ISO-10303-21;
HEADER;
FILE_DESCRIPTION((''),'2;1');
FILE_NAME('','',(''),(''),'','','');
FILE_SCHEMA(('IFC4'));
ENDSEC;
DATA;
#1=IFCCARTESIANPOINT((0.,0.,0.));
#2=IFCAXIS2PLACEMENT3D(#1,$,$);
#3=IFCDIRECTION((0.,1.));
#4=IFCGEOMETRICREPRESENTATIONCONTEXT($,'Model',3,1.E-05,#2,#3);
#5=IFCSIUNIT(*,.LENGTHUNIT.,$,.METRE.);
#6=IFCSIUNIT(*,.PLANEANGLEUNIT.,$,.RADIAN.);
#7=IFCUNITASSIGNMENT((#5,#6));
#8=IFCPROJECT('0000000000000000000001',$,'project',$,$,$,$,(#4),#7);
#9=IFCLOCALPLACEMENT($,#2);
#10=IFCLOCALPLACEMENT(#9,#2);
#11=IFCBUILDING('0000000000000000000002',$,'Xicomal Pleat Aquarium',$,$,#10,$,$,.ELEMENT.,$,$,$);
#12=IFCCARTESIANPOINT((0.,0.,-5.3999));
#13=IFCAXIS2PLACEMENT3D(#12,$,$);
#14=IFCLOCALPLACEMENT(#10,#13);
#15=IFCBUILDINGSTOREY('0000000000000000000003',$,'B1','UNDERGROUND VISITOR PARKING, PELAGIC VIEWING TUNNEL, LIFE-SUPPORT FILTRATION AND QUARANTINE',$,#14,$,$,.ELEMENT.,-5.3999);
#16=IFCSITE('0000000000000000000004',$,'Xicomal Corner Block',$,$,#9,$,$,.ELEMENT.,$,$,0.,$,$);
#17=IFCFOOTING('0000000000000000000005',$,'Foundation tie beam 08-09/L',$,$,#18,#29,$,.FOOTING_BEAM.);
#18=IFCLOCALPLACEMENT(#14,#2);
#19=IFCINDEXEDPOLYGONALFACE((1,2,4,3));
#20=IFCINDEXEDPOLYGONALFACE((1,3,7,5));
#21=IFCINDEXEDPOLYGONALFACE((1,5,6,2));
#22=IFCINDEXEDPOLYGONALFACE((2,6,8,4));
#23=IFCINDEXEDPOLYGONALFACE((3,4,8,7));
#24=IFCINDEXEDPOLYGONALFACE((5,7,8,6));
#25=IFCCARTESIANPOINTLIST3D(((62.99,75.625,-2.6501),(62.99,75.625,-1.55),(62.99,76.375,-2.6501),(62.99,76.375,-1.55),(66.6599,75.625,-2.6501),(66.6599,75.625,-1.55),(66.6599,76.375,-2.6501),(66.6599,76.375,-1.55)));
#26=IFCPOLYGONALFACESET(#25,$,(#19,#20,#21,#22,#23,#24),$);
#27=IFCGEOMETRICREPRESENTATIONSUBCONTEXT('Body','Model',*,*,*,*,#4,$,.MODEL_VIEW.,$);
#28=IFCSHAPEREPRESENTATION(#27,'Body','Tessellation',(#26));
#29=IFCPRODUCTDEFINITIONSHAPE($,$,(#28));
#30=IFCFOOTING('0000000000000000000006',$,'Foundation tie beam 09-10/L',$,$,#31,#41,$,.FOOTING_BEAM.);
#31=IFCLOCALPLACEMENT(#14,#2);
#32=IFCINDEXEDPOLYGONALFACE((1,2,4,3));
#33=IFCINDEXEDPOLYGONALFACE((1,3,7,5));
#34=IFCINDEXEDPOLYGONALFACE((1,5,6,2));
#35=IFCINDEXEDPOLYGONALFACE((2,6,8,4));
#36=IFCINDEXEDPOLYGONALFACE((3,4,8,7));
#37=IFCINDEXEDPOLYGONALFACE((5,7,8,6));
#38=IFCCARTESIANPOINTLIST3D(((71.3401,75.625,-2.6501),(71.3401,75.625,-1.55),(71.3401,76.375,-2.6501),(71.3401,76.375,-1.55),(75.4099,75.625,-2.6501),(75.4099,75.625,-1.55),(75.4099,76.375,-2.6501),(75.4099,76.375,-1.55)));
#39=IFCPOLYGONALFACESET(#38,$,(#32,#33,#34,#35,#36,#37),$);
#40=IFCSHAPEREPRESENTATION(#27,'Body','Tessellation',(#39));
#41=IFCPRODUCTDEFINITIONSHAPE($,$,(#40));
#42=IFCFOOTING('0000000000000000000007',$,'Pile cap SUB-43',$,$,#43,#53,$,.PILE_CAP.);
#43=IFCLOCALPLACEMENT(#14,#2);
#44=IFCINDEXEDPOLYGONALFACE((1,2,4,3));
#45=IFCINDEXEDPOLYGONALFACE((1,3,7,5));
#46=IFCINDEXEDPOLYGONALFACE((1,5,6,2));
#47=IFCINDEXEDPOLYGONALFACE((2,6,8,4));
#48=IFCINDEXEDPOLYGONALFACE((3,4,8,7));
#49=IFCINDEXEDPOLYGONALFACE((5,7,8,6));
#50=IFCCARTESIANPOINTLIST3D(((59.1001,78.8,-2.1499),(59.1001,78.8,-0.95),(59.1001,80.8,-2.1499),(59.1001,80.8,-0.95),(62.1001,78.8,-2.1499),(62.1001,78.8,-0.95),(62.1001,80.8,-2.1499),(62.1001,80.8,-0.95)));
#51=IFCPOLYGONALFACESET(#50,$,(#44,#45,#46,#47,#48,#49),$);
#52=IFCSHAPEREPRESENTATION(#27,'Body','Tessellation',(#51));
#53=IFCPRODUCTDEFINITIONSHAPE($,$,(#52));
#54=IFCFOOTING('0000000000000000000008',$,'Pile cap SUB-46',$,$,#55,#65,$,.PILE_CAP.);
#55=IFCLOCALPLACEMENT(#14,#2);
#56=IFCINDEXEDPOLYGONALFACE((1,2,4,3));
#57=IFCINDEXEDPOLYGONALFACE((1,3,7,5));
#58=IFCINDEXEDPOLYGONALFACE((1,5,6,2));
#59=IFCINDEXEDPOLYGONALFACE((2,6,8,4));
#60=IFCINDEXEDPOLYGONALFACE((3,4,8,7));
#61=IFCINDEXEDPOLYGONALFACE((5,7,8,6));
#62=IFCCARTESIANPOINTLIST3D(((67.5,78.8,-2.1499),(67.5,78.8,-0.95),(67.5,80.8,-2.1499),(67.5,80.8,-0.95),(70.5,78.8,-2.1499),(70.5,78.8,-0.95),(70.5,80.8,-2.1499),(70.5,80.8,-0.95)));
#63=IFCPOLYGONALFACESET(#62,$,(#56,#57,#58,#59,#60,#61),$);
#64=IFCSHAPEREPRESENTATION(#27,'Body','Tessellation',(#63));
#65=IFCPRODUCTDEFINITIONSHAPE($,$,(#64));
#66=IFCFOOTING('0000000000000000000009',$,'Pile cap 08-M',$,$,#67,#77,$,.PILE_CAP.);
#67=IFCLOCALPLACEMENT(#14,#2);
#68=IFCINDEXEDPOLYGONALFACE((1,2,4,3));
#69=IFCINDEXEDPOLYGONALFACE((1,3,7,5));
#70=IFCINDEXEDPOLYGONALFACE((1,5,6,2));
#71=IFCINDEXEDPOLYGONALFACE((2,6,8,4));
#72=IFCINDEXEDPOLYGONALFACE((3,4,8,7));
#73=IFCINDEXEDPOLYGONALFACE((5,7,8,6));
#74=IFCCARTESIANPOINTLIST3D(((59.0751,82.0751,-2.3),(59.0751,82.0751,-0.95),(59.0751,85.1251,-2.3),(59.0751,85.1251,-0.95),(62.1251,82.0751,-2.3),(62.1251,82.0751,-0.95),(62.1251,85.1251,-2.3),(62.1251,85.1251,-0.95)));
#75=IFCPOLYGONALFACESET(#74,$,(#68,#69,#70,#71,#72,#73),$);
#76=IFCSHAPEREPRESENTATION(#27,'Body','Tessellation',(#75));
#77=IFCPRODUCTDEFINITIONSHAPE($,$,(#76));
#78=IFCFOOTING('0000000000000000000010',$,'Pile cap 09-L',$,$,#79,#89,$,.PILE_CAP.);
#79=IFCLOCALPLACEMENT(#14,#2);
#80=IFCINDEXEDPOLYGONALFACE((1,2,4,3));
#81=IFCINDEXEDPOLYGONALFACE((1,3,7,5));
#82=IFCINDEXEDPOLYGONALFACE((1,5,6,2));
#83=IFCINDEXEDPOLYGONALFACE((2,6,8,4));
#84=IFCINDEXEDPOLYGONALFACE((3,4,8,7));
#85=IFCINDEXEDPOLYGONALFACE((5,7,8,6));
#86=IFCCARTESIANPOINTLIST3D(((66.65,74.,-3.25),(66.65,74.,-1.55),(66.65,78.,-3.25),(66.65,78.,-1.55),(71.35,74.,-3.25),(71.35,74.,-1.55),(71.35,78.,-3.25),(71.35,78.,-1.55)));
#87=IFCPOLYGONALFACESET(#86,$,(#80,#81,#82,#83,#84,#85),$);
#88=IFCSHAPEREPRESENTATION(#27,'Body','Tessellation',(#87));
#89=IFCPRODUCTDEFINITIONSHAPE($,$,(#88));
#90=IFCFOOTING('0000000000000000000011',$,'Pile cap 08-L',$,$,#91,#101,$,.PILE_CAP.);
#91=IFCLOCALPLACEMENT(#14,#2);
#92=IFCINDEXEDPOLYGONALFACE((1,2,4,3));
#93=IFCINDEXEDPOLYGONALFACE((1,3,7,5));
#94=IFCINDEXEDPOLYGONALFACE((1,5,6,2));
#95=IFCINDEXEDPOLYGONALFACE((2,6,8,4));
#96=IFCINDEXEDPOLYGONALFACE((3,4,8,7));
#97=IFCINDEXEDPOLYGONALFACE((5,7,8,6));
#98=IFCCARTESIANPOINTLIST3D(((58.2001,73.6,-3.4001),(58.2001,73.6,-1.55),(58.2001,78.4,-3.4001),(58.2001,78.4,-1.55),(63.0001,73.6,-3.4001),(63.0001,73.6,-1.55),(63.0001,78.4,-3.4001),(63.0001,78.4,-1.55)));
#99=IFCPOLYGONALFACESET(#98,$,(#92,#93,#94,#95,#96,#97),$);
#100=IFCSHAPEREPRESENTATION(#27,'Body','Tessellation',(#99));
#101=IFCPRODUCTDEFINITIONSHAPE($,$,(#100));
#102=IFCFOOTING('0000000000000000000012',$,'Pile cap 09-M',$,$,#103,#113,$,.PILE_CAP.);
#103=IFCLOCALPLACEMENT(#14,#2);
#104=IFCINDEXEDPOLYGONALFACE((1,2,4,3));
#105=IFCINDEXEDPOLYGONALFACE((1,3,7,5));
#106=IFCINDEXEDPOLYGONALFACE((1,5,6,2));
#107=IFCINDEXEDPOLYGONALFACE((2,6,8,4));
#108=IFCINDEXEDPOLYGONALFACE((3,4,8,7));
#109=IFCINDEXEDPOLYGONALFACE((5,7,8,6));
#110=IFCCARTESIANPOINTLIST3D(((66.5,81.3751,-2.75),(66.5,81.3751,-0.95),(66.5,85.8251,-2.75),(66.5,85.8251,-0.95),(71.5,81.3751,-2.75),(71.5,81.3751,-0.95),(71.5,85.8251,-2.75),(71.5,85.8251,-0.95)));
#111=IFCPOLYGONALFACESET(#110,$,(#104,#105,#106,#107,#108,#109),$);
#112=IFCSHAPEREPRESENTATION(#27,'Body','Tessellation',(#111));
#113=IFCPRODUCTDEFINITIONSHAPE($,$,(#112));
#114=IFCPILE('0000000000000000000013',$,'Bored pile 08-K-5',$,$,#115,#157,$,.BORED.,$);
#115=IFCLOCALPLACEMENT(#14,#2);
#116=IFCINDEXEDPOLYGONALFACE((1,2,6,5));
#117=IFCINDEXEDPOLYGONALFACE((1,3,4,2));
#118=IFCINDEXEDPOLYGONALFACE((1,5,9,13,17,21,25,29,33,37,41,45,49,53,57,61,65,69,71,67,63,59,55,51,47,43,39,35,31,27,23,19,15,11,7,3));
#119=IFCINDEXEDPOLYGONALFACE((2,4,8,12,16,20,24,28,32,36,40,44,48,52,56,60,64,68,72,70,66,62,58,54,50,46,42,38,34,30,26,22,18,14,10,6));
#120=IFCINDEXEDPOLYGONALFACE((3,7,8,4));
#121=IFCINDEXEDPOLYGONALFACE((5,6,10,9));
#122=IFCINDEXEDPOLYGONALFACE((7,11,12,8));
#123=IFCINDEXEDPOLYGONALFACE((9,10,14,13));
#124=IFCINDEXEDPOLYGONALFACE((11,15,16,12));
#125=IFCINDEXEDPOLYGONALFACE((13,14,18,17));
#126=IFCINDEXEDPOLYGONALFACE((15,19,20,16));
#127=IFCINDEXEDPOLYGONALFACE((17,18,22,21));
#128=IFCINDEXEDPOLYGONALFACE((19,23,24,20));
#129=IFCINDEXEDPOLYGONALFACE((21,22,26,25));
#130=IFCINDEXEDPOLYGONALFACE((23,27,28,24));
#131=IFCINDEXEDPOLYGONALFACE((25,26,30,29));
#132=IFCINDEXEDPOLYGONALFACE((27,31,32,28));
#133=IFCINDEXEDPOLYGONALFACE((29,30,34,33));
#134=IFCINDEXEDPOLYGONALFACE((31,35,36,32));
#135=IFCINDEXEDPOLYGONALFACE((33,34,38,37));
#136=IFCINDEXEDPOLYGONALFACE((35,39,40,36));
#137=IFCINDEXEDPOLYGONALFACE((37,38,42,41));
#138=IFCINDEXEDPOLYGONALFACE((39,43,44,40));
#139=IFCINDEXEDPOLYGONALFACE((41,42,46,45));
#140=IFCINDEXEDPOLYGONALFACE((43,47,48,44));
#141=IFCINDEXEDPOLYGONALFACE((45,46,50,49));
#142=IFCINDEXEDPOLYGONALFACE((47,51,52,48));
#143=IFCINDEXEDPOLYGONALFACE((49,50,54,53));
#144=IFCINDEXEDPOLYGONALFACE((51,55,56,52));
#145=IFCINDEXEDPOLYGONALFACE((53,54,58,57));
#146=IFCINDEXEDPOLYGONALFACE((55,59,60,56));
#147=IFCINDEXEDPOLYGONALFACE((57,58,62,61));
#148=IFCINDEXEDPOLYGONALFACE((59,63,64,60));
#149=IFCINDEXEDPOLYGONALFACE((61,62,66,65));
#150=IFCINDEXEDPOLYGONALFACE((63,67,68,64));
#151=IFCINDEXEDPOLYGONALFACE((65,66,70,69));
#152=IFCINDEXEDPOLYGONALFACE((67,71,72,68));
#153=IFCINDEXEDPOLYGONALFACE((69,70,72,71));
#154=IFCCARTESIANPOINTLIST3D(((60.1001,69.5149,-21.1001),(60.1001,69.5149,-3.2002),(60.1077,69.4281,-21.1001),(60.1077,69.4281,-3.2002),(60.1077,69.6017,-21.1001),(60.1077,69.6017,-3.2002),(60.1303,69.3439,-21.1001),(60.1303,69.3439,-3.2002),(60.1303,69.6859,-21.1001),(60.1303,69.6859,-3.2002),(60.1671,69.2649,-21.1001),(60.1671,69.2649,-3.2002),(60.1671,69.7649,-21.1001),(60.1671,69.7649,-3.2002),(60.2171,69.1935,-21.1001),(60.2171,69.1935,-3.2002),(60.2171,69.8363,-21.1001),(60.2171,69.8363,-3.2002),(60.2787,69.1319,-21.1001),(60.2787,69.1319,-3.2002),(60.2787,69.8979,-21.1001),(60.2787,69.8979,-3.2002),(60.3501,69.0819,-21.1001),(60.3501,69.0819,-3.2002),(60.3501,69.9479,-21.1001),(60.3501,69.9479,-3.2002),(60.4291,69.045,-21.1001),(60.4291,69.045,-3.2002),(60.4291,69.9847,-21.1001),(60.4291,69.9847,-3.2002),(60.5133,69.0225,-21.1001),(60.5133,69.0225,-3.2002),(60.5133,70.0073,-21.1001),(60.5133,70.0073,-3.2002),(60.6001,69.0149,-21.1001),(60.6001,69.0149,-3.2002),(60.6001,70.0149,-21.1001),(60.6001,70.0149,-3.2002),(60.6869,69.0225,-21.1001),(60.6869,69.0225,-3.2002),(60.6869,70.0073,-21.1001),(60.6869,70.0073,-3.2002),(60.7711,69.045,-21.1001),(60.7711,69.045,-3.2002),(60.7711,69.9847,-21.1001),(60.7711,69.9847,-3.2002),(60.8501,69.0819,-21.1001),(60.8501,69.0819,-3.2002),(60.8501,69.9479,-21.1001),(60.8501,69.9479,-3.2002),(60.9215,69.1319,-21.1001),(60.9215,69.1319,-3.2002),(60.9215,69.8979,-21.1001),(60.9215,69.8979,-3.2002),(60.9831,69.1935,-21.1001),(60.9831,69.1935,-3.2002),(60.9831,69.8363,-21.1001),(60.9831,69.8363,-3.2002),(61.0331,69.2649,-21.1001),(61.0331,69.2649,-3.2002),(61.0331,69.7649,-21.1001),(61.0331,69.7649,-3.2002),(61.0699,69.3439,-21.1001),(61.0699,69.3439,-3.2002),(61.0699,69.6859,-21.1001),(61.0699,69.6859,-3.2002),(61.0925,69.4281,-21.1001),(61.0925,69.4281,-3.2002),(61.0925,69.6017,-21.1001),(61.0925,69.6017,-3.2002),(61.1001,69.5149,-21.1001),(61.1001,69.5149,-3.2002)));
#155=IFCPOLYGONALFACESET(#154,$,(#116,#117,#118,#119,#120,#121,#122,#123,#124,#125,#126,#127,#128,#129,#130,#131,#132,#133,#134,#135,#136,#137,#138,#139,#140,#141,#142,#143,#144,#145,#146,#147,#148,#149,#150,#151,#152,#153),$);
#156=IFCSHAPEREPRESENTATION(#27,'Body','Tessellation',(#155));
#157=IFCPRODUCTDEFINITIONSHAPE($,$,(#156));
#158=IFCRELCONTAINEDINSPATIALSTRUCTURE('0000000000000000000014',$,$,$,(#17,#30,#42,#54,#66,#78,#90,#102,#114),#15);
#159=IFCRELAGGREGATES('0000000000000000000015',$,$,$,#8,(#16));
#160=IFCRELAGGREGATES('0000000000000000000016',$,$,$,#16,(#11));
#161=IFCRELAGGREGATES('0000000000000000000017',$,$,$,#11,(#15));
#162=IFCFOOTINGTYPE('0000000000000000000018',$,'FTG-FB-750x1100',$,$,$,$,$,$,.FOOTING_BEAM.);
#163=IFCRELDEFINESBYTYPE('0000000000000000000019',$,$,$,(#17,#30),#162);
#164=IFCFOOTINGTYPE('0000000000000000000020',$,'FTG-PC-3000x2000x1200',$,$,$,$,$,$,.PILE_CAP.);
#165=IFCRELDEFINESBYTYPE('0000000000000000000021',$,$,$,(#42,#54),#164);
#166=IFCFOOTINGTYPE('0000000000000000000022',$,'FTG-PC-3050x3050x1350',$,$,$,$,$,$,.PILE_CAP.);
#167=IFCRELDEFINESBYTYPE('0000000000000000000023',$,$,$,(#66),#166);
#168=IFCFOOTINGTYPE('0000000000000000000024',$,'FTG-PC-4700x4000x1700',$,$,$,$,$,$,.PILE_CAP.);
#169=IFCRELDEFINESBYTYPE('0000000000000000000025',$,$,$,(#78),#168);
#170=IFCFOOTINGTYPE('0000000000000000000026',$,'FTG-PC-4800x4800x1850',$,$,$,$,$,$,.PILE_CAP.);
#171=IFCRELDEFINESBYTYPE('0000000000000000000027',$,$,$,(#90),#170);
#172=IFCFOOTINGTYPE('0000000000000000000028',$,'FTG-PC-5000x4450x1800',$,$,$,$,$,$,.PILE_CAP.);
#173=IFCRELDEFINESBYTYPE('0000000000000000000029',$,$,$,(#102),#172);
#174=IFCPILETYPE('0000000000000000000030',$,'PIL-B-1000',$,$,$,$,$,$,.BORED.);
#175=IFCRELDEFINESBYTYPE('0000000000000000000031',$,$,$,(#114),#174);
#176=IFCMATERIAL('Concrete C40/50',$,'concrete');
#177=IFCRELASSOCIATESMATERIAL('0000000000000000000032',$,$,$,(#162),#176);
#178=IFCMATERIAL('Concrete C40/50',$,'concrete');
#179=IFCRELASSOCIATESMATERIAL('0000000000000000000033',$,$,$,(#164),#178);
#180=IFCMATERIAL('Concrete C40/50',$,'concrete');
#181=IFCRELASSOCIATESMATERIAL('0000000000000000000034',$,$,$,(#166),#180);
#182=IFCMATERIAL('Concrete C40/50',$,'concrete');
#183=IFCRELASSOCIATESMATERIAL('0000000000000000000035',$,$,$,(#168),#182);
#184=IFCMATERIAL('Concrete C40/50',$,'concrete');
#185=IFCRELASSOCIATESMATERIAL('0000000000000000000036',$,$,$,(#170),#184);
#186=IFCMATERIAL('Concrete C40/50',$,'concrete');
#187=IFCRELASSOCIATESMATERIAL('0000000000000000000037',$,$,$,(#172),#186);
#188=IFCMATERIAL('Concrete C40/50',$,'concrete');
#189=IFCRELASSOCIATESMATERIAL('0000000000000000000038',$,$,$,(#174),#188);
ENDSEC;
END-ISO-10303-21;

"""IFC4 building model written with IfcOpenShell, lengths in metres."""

from ifc_helpers import new_model, si_unit, direction, frame, origin, origin_2d, place, context, subcontext, project, spatial, rectangle, circle, extrude, material, material_profile, profile_set, type_object, element, save


model = new_model("IFC4")

# Units and contexts
model_context = context("Model", 3, precision=1e-05, world=origin(), true_north=direction((0.0, 1.0)))
body_context = subcontext(model_context, "Body", "Model", "MODEL_VIEW")
ifc_project = project(units=[si_unit("LENGTHUNIT", "METRE"), si_unit("PLANEANGLEUNIT", "RADIAN")], contexts=[model_context])

# Site, building, storey
site_placement = place(None, origin())
site = spatial("IfcSite", under=ifc_project, at=site_placement, Name="Xicomal Corner Block", CompositionType="ELEMENT", RefElevation=0.0)
building_placement = place(site_placement, origin())
building = spatial("IfcBuilding", under=site, at=building_placement, Name="Xicomal Pleat Aquarium", CompositionType="ELEMENT")
storey_placement = place(building_placement, frame((0.0, 0.0, -5.3999)))
storey = spatial("IfcBuildingStorey", under=building, at=storey_placement, Name="B1", Description="UNDERGROUND VISITOR PARKING, PELAGIC VIEWING TUNNEL, LIFE-SUPPORT FILTRATION AND QUARANTINE", CompositionType="ELEMENT", Elevation=-5.3999)

# Footings
ifc_material_1 = material(Name="Concrete C40/50", Category="concrete")
ifc_material_profile_1 = material_profile(ifc_material_1, rectangle(XDim=0.75, YDim=1.1001, at=origin_2d()), Name="FB-04 750x1100")
ifc_profile_set_1 = profile_set([ifc_material_profile_1], Name="Concrete C40/50")
footing_type_1 = type_object("IfcFootingType", Name="FTG-FB-750x1100", PredefinedType="FOOTING_BEAM", material=ifc_profile_set_1)
footing_1_placement = place(storey_placement, frame((62.99, 76.0, -2.1001), z_axis=(1.0, 0.0, 0.0), x_axis=(0.0, 1.0, 0.0)))
element("IfcFooting", 1, at=footing_1_placement, inside=storey, type_object=footing_type_1, Name="Foundation tie beam 08-09/L", PredefinedType="FOOTING_BEAM", context=body_context, shape_type="SweptSolid", body=[
    extrude(rectangle(XDim=0.75, YDim=1.1001, at=origin_2d()), origin(), (0.0, 0.0, 1.0), 3.6699),
])
footing_2_placement = place(storey_placement, frame((71.3401, 76.0, -2.1001), z_axis=(1.0, 0.0, 0.0), x_axis=(0.0, 1.0, 0.0)))
element("IfcFooting", 2, at=footing_2_placement, inside=storey, type_object=footing_type_1, Name="Foundation tie beam 09-10/L", PredefinedType="FOOTING_BEAM", context=body_context, shape_type="SweptSolid", body=[
    extrude(rectangle(XDim=0.75, YDim=1.1001, at=origin_2d()), origin(), (0.0, 0.0, 1.0), 4.0698),
])
ifc_material_2 = material(Name="Concrete C40/50", Category="concrete")
footing_type_2 = type_object("IfcFootingType", Name="FTG-PC-3000x2000x1200", PredefinedType="PILE_CAP", material=ifc_material_2)
for number, where, z_axis, x_axis, name in (
    (3, (60.6001, 79.8, -2.1499), (0.0, 0.0, 1.0), (1.0, 0.0, 0.0), "Pile cap SUB-43"),
    (4, (69.0, 79.8, -2.1499), (0.0, 0.0, 1.0), (1.0, 0.0, 0.0), "Pile cap SUB-46"),
):
    element("IfcFooting", number, at=place(storey_placement, frame(where, z_axis=z_axis, x_axis=x_axis)), inside=storey, type_object=footing_type_2, Name=name, PredefinedType="PILE_CAP", context=body_context, shape_type="SweptSolid", body=[
        extrude(rectangle(XDim=3.0, YDim=2.0, at=origin_2d()), origin(), (0.0, 0.0, 1.0), 1.2),
    ])
ifc_material_3 = material(Name="Concrete C40/50", Category="concrete")
footing_type_3 = type_object("IfcFootingType", Name="FTG-PC-3050x3050x1350", PredefinedType="PILE_CAP", material=ifc_material_3)
footing_3_placement = place(storey_placement, frame((60.6001, 83.6001, -2.3), z_axis=(0.0, 0.0, 1.0), x_axis=(1.0, 0.0, 0.0)))
element("IfcFooting", 5, at=footing_3_placement, inside=storey, type_object=footing_type_3, Name="Pile cap 08-M", PredefinedType="PILE_CAP", context=body_context, shape_type="SweptSolid", body=[
    extrude(rectangle(XDim=3.05, YDim=3.05, at=origin_2d()), origin(), (0.0, 0.0, 1.0), 1.3501),
])
ifc_material_4 = material(Name="Concrete C40/50", Category="concrete")
footing_type_4 = type_object("IfcFootingType", Name="FTG-PC-4700x4000x1700", PredefinedType="PILE_CAP", material=ifc_material_4)
footing_4_placement = place(storey_placement, frame((69.0, 76.0, -3.25), z_axis=(0.0, 0.0, 1.0), x_axis=(1.0, 0.0, 0.0)))
element("IfcFooting", 6, at=footing_4_placement, inside=storey, type_object=footing_type_4, Name="Pile cap 09-L", PredefinedType="PILE_CAP", context=body_context, shape_type="SweptSolid", body=[
    extrude(rectangle(XDim=4.7, YDim=4.0, at=origin_2d()), origin(), (0.0, 0.0, 1.0), 1.7),
])
ifc_material_5 = material(Name="Concrete C40/50", Category="concrete")
footing_type_5 = type_object("IfcFootingType", Name="FTG-PC-4800x4800x1850", PredefinedType="PILE_CAP", material=ifc_material_5)
footing_5_placement = place(storey_placement, frame((60.6001, 76.0, -3.4001), z_axis=(0.0, 0.0, 1.0), x_axis=(1.0, 0.0, 0.0)))
element("IfcFooting", 7, at=footing_5_placement, inside=storey, type_object=footing_type_5, Name="Pile cap 08-L", PredefinedType="PILE_CAP", context=body_context, shape_type="SweptSolid", body=[
    extrude(rectangle(XDim=4.8, YDim=4.8, at=origin_2d()), origin(), (0.0, 0.0, 1.0), 1.8501),
])
ifc_material_6 = material(Name="Concrete C40/50", Category="concrete")
footing_type_6 = type_object("IfcFootingType", Name="FTG-PC-5000x4450x1800", PredefinedType="PILE_CAP", material=ifc_material_6)
footing_6_placement = place(storey_placement, frame((69.0, 83.6001, -2.75), z_axis=(0.0, 0.0, 1.0), x_axis=(1.0, 0.0, 0.0)))
element("IfcFooting", 8, at=footing_6_placement, inside=storey, type_object=footing_type_6, Name="Pile cap 09-M", PredefinedType="PILE_CAP", context=body_context, shape_type="SweptSolid", body=[
    extrude(rectangle(XDim=5.0, YDim=4.45, at=origin_2d()), origin(), (0.0, 0.0, 1.0), 1.8),
])

# Pile
ifc_material_7 = material(Name="Concrete C40/50", Category="concrete")
ifc_material_profile_2 = material_profile(ifc_material_7, circle(Radius=0.5, at=origin_2d()), Name="BORED PILE D1000")
ifc_profile_set_2 = profile_set([ifc_material_profile_2], Name="Concrete C40/50")
pile_type_1 = type_object("IfcPileType", Name="PIL-B-1000", PredefinedType="BORED", material=ifc_profile_set_2)
for number, where, z_axis, x_axis, name in (
    (9, (60.6001, 69.5149, -3.2002), (0.0, 0.0, -1.0), (1.0, 0.0, 0.0), "Bored pile 08-K-5"),
):
    element("IfcPile", number, at=place(storey_placement, frame(where, z_axis=z_axis, x_axis=x_axis)), inside=storey, type_object=pile_type_1, Name=name, PredefinedType="BORED", context=body_context, shape_type="SweptSolid", body=[
        extrude(circle(Radius=0.5, at=origin_2d()), origin(), (0.0, 0.0, 1.0), 17.8999),
    ])

save(model, "model.ifc")
